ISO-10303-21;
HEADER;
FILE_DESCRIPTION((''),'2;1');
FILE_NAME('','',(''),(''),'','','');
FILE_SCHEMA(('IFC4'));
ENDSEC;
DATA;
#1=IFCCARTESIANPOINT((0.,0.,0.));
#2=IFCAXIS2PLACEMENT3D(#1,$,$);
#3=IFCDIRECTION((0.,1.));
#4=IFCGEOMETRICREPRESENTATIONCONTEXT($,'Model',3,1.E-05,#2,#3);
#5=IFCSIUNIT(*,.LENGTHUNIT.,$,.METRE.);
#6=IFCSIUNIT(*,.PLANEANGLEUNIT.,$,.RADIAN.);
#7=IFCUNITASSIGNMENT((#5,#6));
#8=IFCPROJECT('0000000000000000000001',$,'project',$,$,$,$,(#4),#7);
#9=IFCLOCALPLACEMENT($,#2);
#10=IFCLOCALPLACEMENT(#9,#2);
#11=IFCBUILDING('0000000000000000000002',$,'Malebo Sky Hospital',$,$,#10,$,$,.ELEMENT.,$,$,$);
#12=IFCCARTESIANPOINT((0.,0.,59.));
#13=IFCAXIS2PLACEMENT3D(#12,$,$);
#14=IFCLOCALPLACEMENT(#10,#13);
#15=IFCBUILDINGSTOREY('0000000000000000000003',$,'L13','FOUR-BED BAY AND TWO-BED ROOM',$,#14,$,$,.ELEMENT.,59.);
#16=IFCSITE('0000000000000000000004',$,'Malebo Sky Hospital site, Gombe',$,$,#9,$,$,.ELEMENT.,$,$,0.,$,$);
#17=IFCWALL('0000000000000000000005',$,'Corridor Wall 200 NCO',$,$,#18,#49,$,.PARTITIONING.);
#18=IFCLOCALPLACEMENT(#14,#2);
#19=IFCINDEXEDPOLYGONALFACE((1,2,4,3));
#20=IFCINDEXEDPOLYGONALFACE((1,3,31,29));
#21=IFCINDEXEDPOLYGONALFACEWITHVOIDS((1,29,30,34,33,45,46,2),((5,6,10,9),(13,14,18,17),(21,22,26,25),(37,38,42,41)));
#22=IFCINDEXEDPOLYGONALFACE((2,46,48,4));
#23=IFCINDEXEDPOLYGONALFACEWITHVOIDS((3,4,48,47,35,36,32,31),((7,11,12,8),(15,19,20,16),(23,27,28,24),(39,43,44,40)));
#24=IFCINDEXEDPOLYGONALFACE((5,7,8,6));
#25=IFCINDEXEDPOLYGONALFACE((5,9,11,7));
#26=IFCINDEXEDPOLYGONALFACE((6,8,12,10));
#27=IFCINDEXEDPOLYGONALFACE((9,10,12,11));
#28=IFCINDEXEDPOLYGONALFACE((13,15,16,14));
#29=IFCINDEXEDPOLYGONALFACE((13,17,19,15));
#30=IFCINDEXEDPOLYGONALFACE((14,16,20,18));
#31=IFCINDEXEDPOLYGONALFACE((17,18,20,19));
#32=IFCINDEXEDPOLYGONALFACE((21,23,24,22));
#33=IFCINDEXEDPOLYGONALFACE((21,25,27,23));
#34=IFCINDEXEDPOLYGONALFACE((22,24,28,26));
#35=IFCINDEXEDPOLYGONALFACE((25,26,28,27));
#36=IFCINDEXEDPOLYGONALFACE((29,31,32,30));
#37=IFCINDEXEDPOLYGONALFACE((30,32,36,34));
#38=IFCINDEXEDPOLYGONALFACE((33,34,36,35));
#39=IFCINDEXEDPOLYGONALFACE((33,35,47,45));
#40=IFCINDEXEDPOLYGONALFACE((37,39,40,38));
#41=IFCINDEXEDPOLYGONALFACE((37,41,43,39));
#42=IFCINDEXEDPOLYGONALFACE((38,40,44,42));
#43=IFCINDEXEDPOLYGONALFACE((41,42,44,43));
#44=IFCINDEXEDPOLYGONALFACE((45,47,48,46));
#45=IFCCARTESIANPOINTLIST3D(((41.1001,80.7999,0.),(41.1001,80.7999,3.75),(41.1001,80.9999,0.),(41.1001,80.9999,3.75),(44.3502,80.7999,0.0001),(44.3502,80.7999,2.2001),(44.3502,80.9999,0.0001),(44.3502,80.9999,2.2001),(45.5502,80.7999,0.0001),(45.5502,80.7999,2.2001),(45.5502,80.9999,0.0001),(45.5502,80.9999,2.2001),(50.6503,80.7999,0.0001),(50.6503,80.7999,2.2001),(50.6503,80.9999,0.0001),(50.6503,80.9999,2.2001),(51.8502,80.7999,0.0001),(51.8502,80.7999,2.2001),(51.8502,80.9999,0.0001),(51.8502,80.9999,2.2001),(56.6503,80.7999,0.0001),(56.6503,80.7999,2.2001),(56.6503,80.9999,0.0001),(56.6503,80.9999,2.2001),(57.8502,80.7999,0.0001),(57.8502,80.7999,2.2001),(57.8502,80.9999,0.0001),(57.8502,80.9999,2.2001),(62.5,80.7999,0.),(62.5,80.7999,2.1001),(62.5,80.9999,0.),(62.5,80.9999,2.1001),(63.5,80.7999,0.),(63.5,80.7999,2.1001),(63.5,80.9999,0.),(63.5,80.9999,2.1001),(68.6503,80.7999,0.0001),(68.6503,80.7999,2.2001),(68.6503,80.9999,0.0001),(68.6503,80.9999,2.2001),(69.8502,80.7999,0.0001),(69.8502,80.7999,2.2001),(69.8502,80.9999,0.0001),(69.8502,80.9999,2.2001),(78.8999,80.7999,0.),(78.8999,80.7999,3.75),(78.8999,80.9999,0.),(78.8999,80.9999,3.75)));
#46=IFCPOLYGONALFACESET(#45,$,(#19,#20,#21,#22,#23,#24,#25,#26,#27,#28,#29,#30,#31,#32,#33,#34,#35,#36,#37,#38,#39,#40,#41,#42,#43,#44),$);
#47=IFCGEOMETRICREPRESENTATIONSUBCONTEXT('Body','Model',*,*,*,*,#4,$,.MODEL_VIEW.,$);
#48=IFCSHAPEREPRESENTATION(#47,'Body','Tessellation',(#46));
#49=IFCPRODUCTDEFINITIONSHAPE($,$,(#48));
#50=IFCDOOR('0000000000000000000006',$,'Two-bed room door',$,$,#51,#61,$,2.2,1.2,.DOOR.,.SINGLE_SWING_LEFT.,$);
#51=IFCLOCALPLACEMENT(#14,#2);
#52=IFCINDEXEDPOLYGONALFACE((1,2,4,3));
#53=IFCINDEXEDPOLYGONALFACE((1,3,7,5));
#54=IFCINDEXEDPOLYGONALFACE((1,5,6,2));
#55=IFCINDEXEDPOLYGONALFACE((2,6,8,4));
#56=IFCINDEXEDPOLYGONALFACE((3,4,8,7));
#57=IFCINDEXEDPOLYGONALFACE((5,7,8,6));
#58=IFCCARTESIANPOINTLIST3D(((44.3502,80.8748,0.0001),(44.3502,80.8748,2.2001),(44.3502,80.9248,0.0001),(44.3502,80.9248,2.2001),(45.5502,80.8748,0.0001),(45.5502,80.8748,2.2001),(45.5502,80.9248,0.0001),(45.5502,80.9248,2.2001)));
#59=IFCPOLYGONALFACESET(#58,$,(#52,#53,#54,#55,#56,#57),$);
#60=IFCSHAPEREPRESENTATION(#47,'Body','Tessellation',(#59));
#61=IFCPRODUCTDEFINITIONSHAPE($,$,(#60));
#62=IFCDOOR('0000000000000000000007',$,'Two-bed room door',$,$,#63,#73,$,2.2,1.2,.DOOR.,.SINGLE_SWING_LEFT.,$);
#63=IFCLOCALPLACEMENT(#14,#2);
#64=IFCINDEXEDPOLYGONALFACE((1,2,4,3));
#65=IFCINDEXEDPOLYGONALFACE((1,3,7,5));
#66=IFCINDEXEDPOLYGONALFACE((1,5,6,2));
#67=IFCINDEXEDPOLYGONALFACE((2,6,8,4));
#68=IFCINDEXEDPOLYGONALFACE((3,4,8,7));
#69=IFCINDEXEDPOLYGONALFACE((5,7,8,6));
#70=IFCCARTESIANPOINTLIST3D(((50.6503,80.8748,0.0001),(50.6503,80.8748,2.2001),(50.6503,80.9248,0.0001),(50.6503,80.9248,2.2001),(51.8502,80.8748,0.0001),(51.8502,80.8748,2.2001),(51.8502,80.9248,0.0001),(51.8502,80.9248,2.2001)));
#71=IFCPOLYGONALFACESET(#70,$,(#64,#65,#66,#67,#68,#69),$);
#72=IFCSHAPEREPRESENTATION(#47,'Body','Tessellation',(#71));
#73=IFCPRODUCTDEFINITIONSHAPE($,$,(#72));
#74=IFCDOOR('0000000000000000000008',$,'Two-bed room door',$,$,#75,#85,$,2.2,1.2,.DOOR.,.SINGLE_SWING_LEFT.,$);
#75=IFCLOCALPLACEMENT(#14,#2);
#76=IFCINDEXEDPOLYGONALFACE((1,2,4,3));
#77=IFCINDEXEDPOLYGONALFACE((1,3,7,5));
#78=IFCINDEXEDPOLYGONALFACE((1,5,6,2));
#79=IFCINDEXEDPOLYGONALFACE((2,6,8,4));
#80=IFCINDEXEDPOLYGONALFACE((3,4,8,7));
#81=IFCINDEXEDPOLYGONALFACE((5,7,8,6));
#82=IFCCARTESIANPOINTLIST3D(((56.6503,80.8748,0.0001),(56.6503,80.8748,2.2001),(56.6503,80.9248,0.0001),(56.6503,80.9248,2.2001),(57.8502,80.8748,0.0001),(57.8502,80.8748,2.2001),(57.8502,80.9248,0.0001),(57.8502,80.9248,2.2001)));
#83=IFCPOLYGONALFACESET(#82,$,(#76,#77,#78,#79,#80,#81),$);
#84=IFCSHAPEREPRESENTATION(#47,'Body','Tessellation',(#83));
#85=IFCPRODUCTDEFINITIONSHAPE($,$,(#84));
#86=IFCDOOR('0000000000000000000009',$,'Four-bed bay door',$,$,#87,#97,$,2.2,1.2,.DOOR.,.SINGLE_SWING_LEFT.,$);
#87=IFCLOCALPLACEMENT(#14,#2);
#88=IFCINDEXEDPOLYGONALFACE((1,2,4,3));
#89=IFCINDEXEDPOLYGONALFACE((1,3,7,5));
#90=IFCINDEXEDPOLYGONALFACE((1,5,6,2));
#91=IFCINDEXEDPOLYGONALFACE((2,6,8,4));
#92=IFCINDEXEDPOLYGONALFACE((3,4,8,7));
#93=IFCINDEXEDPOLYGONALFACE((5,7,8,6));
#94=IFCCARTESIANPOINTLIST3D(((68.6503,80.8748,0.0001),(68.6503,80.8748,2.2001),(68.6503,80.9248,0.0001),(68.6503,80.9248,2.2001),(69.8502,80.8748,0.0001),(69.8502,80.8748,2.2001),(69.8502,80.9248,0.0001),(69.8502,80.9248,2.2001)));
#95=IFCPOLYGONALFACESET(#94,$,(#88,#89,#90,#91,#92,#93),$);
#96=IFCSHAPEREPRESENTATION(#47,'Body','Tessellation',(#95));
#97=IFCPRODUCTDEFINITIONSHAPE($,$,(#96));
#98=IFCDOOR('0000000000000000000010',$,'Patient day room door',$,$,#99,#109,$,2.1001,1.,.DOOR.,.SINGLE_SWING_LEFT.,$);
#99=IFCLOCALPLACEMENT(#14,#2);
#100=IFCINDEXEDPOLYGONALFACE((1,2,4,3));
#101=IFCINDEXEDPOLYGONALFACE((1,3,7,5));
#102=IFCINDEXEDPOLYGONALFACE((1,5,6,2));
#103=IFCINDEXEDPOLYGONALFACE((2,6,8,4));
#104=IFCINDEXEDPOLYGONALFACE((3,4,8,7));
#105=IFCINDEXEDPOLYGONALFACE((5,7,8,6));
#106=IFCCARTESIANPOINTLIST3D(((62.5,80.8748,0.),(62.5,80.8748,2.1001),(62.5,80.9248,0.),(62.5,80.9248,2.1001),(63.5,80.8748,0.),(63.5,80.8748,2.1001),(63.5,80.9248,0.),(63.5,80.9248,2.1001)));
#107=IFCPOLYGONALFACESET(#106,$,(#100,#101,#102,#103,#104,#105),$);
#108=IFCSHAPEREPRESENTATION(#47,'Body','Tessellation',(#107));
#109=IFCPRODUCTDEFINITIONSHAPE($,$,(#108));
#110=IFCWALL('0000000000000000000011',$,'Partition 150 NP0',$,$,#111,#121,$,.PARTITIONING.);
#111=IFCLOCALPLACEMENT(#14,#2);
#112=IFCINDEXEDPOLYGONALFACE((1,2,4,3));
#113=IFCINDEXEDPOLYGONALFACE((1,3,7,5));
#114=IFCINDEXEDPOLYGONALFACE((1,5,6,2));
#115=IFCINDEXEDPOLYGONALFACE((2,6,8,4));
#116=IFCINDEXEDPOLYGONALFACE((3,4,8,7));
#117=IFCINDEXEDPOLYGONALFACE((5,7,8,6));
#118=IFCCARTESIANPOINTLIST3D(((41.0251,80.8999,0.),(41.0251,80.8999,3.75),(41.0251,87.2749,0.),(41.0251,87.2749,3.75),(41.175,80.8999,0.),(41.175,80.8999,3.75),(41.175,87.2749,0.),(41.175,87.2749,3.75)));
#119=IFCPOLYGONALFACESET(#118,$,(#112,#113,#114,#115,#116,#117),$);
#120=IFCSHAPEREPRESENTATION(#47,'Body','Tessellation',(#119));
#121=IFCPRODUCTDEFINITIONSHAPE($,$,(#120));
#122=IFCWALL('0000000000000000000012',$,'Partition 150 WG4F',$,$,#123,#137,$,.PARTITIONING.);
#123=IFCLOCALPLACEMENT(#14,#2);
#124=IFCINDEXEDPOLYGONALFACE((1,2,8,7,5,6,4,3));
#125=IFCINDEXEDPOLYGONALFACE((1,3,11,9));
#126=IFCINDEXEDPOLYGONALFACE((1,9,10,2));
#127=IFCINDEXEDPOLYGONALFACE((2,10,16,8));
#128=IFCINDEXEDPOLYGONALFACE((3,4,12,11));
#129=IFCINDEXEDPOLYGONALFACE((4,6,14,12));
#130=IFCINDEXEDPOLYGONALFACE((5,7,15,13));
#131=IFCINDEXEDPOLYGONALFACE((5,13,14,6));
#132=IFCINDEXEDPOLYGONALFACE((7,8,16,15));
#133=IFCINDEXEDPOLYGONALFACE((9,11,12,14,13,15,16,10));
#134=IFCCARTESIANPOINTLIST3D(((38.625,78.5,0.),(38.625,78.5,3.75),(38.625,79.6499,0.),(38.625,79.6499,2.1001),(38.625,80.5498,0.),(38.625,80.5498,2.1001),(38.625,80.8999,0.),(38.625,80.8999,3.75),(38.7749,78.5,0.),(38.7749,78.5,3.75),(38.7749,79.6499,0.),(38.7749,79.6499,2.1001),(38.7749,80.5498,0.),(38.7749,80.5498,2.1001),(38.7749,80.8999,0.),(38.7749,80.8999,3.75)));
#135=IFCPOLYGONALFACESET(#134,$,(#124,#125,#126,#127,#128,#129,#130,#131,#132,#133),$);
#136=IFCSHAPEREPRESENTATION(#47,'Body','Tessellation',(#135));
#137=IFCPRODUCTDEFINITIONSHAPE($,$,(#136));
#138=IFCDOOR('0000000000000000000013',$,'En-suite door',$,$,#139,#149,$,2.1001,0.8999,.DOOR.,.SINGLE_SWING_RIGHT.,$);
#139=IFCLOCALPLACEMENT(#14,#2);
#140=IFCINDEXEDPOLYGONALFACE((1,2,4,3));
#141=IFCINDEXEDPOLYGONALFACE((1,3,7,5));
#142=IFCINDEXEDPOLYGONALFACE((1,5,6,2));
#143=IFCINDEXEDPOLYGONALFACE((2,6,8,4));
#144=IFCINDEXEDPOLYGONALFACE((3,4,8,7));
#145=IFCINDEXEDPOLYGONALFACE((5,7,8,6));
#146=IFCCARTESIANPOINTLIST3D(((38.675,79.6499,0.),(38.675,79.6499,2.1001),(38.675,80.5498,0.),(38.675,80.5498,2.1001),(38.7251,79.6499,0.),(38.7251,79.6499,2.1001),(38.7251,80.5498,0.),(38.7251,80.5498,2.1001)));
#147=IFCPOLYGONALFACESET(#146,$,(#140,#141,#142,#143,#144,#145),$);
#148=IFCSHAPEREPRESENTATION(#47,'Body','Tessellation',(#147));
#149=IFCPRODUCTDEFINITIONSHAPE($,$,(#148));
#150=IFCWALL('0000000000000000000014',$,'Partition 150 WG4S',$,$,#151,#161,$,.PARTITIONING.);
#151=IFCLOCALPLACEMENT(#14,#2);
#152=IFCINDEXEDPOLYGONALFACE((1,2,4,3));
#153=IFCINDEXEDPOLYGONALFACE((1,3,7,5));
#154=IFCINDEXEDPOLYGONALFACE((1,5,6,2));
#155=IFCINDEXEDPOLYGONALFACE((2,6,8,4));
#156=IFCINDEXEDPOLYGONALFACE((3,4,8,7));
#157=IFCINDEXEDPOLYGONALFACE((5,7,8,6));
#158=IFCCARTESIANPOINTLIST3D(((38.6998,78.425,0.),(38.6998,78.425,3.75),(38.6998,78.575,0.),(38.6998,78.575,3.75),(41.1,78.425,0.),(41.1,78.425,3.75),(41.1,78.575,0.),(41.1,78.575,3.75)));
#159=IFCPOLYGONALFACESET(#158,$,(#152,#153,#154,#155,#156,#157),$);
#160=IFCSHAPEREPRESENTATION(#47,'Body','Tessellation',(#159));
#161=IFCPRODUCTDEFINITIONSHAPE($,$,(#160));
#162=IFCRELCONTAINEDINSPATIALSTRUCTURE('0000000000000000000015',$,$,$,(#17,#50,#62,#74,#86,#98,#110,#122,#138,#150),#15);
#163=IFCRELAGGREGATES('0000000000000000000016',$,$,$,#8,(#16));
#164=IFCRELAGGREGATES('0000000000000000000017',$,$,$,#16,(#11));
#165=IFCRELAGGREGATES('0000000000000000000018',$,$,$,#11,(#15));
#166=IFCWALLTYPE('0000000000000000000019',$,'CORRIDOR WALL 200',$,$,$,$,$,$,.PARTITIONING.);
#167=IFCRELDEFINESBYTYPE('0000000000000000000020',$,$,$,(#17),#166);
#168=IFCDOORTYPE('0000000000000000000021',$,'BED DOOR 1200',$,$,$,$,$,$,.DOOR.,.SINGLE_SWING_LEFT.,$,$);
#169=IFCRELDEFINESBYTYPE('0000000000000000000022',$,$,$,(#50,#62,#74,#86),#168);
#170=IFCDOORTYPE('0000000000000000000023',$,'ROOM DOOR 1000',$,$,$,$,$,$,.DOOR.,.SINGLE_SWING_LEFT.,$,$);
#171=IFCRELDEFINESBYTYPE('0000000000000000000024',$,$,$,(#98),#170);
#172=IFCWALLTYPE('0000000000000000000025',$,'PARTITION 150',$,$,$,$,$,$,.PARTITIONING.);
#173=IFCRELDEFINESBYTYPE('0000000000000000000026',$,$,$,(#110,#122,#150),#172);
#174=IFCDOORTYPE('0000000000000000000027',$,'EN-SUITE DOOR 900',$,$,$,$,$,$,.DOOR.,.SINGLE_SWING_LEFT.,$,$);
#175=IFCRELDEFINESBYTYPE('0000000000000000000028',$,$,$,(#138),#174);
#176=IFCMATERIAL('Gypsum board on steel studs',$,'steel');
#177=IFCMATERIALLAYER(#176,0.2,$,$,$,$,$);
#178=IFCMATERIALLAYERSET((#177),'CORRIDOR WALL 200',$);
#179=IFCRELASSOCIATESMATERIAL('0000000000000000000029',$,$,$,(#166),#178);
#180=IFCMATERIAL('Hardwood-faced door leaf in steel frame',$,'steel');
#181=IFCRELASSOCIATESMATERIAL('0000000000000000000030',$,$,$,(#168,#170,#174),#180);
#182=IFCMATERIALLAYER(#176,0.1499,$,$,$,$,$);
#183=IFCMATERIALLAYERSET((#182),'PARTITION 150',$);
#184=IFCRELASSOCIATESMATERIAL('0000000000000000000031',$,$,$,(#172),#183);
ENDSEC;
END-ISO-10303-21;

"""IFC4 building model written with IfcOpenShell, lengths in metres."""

from ifc_helpers import new_model, si_unit, direction, frame, frame_2d, origin, place, context, subcontext, project, spatial, rectangle, extrude, material, layer, layer_set, type_object, element, fill, save


model = new_model("IFC4")

# Units and contexts
model_context = context("Model", 3, precision=1e-05, world=origin(), true_north=direction((0.0, 1.0)))
body_context = subcontext(model_context, "Body", "Model", "MODEL_VIEW")
ifc_project = project(units=[si_unit("LENGTHUNIT", "METRE"), si_unit("PLANEANGLEUNIT", "RADIAN")], contexts=[model_context])

# Site, building, storey
site_placement = place(None, origin())
site = spatial("IfcSite", under=ifc_project, at=site_placement, Name="Malebo Sky Hospital site, Gombe", CompositionType="ELEMENT", RefElevation=0.0)
building_placement = place(site_placement, origin())
building = spatial("IfcBuilding", under=site, at=building_placement, Name="Malebo Sky Hospital", CompositionType="ELEMENT")
storey_placement = place(building_placement, frame((0.0, 0.0, 59.0)))
storey = spatial("IfcBuildingStorey", under=building, at=storey_placement, Name="L13", Description="FOUR-BED BAY AND TWO-BED ROOM", CompositionType="ELEMENT", Elevation=59.0)

# Wall, openings, doors
ifc_material_1 = material(Name="Gypsum board on steel studs", Category="steel")
ifc_layer_1 = layer(ifc_material_1, 0.2)
ifc_layer_set_1 = layer_set([ifc_layer_1], Name="CORRIDOR WALL 200")
wall_type_1 = type_object("IfcWallType", Name="CORRIDOR WALL 200", PredefinedType="PARTITIONING", material=ifc_layer_set_1)
wall_1_placement = place(storey_placement, frame((41.1001, 80.8999, 0.0), z_axis=(0.0, 0.0, 1.0), x_axis=(1.0, 0.0, 0.0)))
wall_1 = element("IfcWall", 1, at=wall_1_placement, inside=storey, type_object=wall_type_1, Name="Corridor Wall 200 NCO", PredefinedType="PARTITIONING", context=body_context, shape_type="SweptSolid", body=[
    extrude(rectangle(XDim=37.7998, YDim=0.2, at=frame_2d((18.8999, 0.0))), origin(), (0.0, 0.0, 1.0), 3.75),
])
opening_1_placement = place(wall_1_placement, frame((3.25, 0.0, 0.0)))
opening_1 = element("IfcOpeningElement", 2, at=opening_1_placement, cuts=wall_1, PredefinedType="OPENING", context=body_context, shape_type="SweptSolid", body=[
    extrude(rectangle(XDim=1.2, YDim=2.2, at=frame_2d((0.6001, 1.1001))), frame((0.0, 0.1099, 0.0), z_axis=(0.0, -1.0, 0.0), x_axis=(1.0, 0.0, 0.0)), (0.0, 0.0, 1.0), 0.22),
])
opening_2_placement = place(wall_1_placement, frame((9.55, 0.0, 0.0)))
opening_2 = element("IfcOpeningElement", 3, at=opening_2_placement, cuts=wall_1, PredefinedType="OPENING", context=body_context, shape_type="SweptSolid", body=[
    extrude(rectangle(XDim=1.2, YDim=2.2, at=frame_2d((0.6001, 1.1001))), frame((0.0, 0.1099, 0.0), z_axis=(0.0, -1.0, 0.0), x_axis=(1.0, 0.0, 0.0)), (0.0, 0.0, 1.0), 0.22),
])
opening_3_placement = place(wall_1_placement, frame((15.55, 0.0, 0.0)))
opening_3 = element("IfcOpeningElement", 4, at=opening_3_placement, cuts=wall_1, PredefinedType="OPENING", context=body_context, shape_type="SweptSolid", body=[
    extrude(rectangle(XDim=1.2, YDim=2.2, at=frame_2d((0.6001, 1.1001))), frame((0.0, 0.1099, 0.0), z_axis=(0.0, -1.0, 0.0), x_axis=(1.0, 0.0, 0.0)), (0.0, 0.0, 1.0), 0.22),
])
opening_4_placement = place(wall_1_placement, frame((21.3999, 0.0, 0.0)))
opening_4 = element("IfcOpeningElement", 5, at=opening_4_placement, cuts=wall_1, PredefinedType="OPENING", context=body_context, shape_type="SweptSolid", body=[
    extrude(rectangle(XDim=1.0, YDim=2.1001, at=frame_2d((0.5, 1.05))), frame((0.0, 0.1099, 0.0), z_axis=(0.0, -1.0, 0.0), x_axis=(1.0, 0.0, 0.0)), (0.0, 0.0, 1.0), 0.22),
])
opening_5_placement = place(wall_1_placement, frame((27.55, 0.0, 0.0)))
opening_5 = element("IfcOpeningElement", 6, at=opening_5_placement, cuts=wall_1, PredefinedType="OPENING", context=body_context, shape_type="SweptSolid", body=[
    extrude(rectangle(XDim=1.2, YDim=2.2, at=frame_2d((0.6001, 1.1001))), frame((0.0, 0.1099, 0.0), z_axis=(0.0, -1.0, 0.0), x_axis=(1.0, 0.0, 0.0)), (0.0, 0.0, 1.0), 0.22),
])
ifc_material_2 = material(Name="Hardwood-faced door leaf in steel frame", Category="steel")
door_type_1 = type_object("IfcDoorType", Name="BED DOOR 1200", OperationType="SINGLE_SWING_LEFT", PredefinedType="DOOR", material=ifc_material_2)
door_1_placement = place(opening_1_placement, origin())
door_1 = element("IfcDoor", 7, at=door_1_placement, inside=storey, type_object=door_type_1, Name="Two-bed room door", OperationType="SINGLE_SWING_LEFT", OverallHeight=2.2, OverallWidth=1.2, PredefinedType="DOOR", context=body_context, shape_type="SweptSolid", body=[
    extrude(rectangle(XDim=1.2, YDim=2.2, at=frame_2d((0.6001, 1.1001))), frame((0.0, 0.0249, 0.0), z_axis=(0.0, -1.0, 0.0), x_axis=(1.0, 0.0, 0.0)), (0.0, 0.0, 1.0), 0.05),
])
fill(opening_1, door_1)
door_2_placement = place(opening_2_placement, origin())
door_2 = element("IfcDoor", 8, at=door_2_placement, inside=storey, type_object=door_type_1, Name="Two-bed room door", OperationType="SINGLE_SWING_LEFT", OverallHeight=2.2, OverallWidth=1.2, PredefinedType="DOOR", context=body_context, shape_type="SweptSolid", body=[
    extrude(rectangle(XDim=1.2, YDim=2.2, at=frame_2d((0.6001, 1.1001))), frame((0.0, 0.0249, 0.0), z_axis=(0.0, -1.0, 0.0), x_axis=(1.0, 0.0, 0.0)), (0.0, 0.0, 1.0), 0.05),
])
fill(opening_2, door_2)
door_3_placement = place(opening_3_placement, origin())
door_3 = element("IfcDoor", 9, at=door_3_placement, inside=storey, type_object=door_type_1, Name="Two-bed room door", OperationType="SINGLE_SWING_LEFT", OverallHeight=2.2, OverallWidth=1.2, PredefinedType="DOOR", context=body_context, shape_type="SweptSolid", body=[
    extrude(rectangle(XDim=1.2, YDim=2.2, at=frame_2d((0.6001, 1.1001))), frame((0.0, 0.0249, 0.0), z_axis=(0.0, -1.0, 0.0), x_axis=(1.0, 0.0, 0.0)), (0.0, 0.0, 1.0), 0.05),
])
fill(opening_3, door_3)
door_4_placement = place(opening_5_placement, origin())
door_4 = element("IfcDoor", 10, at=door_4_placement, inside=storey, type_object=door_type_1, Name="Four-bed bay door", OperationType="SINGLE_SWING_LEFT", OverallHeight=2.2, OverallWidth=1.2, PredefinedType="DOOR", context=body_context, shape_type="SweptSolid", body=[
    extrude(rectangle(XDim=1.2, YDim=2.2, at=frame_2d((0.6001, 1.1001))), frame((0.0, 0.0249, 0.0), z_axis=(0.0, -1.0, 0.0), x_axis=(1.0, 0.0, 0.0)), (0.0, 0.0, 1.0), 0.05),
])
fill(opening_5, door_4)
door_type_2 = type_object("IfcDoorType", Name="ROOM DOOR 1000", OperationType="SINGLE_SWING_LEFT", PredefinedType="DOOR", material=ifc_material_2)
door_5_placement = place(opening_4_placement, origin())
door_5 = element("IfcDoor", 11, at=door_5_placement, inside=storey, type_object=door_type_2, Name="Patient day room door", OperationType="SINGLE_SWING_LEFT", OverallHeight=2.1001, OverallWidth=1.0, PredefinedType="DOOR", context=body_context, shape_type="SweptSolid", body=[
    extrude(rectangle(XDim=1.0, YDim=2.1001, at=frame_2d((0.5, 1.05))), frame((0.0, 0.0249, 0.0), z_axis=(0.0, -1.0, 0.0), x_axis=(1.0, 0.0, 0.0)), (0.0, 0.0, 1.0), 0.05),
])
fill(opening_4, door_5)

# Wall
ifc_layer_2 = layer(ifc_material_1, 0.1499)
ifc_layer_set_2 = layer_set([ifc_layer_2], Name="PARTITION 150")
wall_type_2 = type_object("IfcWallType", Name="PARTITION 150", PredefinedType="PARTITIONING", material=ifc_layer_set_2)
wall_2_placement = place(storey_placement, frame((41.1001, 80.8999, 0.0), z_axis=(0.0, 0.0, 1.0), x_axis=(0.0, 1.0, 0.0)))
element("IfcWall", 12, at=wall_2_placement, inside=storey, type_object=wall_type_2, Name="Partition 150 NP0", PredefinedType="PARTITIONING", context=body_context, shape_type="SweptSolid", body=[
    extrude(rectangle(XDim=6.375, YDim=0.1499, at=frame_2d((3.1875, 0.0))), origin(), (0.0, 0.0, 1.0), 3.75),
])

# Wall, opening, door
wall_3_placement = place(storey_placement, frame((38.7, 78.5, 0.0), z_axis=(0.0, 0.0, 1.0), x_axis=(0.0, 1.0, 0.0)))
wall_3 = element("IfcWall", 13, at=wall_3_placement, inside=storey, type_object=wall_type_2, Name="Partition 150 WG4F", PredefinedType="PARTITIONING", context=body_context, shape_type="SweptSolid", body=[
    extrude(rectangle(XDim=2.3999, YDim=0.1499, at=frame_2d((1.2, 0.0))), origin(), (0.0, 0.0, 1.0), 3.75),
])
opening_6_placement = place(wall_3_placement, frame((1.1499, 0.0, 0.0)))
opening_6 = element("IfcOpeningElement", 14, at=opening_6_placement, cuts=wall_3, PredefinedType="OPENING", context=body_context, shape_type="SweptSolid", body=[
    extrude(rectangle(XDim=0.8999, YDim=2.1001, at=frame_2d((0.45, 1.05))), frame((0.0, 0.085, 0.0), z_axis=(0.0, -1.0, 0.0), x_axis=(1.0, 0.0, 0.0)), (0.0, 0.0, 1.0), 0.1699),
])
door_type_3 = type_object("IfcDoorType", Name="EN-SUITE DOOR 900", OperationType="SINGLE_SWING_LEFT", PredefinedType="DOOR", material=ifc_material_2)
door_6_placement = place(opening_6_placement, origin())
door_6 = element("IfcDoor", 15, at=door_6_placement, inside=storey, type_object=door_type_3, Name="En-suite door", OperationType="SINGLE_SWING_RIGHT", OverallHeight=2.1001, OverallWidth=0.8999, PredefinedType="DOOR", context=body_context, shape_type="SweptSolid", body=[
    extrude(rectangle(XDim=0.8999, YDim=2.1001, at=frame_2d((0.45, 1.05))), frame((0.0, 0.0249, 0.0), z_axis=(0.0, -1.0, 0.0), x_axis=(1.0, 0.0, 0.0)), (0.0, 0.0, 1.0), 0.05),
])
fill(opening_6, door_6)

# Wall
for number, where, z_axis, x_axis, name in (
    (16, (41.1001, 78.5, 0.0), (0.0, 0.0, 1.0), (-1.0, 0.0, 0.0), "Partition 150 WG4S"),
):
    element("IfcWall", number, at=place(storey_placement, frame(where, z_axis=z_axis, x_axis=x_axis)), inside=storey, type_object=wall_type_2, Name=name, PredefinedType="PARTITIONING", context=body_context, shape_type="SweptSolid", body=[
        extrude(rectangle(XDim=2.4001, YDim=0.1499, at=frame_2d((1.2002, 0.0))), origin(), (0.0, 0.0, 1.0), 3.75),
    ])

save(model, "model.ifc")
